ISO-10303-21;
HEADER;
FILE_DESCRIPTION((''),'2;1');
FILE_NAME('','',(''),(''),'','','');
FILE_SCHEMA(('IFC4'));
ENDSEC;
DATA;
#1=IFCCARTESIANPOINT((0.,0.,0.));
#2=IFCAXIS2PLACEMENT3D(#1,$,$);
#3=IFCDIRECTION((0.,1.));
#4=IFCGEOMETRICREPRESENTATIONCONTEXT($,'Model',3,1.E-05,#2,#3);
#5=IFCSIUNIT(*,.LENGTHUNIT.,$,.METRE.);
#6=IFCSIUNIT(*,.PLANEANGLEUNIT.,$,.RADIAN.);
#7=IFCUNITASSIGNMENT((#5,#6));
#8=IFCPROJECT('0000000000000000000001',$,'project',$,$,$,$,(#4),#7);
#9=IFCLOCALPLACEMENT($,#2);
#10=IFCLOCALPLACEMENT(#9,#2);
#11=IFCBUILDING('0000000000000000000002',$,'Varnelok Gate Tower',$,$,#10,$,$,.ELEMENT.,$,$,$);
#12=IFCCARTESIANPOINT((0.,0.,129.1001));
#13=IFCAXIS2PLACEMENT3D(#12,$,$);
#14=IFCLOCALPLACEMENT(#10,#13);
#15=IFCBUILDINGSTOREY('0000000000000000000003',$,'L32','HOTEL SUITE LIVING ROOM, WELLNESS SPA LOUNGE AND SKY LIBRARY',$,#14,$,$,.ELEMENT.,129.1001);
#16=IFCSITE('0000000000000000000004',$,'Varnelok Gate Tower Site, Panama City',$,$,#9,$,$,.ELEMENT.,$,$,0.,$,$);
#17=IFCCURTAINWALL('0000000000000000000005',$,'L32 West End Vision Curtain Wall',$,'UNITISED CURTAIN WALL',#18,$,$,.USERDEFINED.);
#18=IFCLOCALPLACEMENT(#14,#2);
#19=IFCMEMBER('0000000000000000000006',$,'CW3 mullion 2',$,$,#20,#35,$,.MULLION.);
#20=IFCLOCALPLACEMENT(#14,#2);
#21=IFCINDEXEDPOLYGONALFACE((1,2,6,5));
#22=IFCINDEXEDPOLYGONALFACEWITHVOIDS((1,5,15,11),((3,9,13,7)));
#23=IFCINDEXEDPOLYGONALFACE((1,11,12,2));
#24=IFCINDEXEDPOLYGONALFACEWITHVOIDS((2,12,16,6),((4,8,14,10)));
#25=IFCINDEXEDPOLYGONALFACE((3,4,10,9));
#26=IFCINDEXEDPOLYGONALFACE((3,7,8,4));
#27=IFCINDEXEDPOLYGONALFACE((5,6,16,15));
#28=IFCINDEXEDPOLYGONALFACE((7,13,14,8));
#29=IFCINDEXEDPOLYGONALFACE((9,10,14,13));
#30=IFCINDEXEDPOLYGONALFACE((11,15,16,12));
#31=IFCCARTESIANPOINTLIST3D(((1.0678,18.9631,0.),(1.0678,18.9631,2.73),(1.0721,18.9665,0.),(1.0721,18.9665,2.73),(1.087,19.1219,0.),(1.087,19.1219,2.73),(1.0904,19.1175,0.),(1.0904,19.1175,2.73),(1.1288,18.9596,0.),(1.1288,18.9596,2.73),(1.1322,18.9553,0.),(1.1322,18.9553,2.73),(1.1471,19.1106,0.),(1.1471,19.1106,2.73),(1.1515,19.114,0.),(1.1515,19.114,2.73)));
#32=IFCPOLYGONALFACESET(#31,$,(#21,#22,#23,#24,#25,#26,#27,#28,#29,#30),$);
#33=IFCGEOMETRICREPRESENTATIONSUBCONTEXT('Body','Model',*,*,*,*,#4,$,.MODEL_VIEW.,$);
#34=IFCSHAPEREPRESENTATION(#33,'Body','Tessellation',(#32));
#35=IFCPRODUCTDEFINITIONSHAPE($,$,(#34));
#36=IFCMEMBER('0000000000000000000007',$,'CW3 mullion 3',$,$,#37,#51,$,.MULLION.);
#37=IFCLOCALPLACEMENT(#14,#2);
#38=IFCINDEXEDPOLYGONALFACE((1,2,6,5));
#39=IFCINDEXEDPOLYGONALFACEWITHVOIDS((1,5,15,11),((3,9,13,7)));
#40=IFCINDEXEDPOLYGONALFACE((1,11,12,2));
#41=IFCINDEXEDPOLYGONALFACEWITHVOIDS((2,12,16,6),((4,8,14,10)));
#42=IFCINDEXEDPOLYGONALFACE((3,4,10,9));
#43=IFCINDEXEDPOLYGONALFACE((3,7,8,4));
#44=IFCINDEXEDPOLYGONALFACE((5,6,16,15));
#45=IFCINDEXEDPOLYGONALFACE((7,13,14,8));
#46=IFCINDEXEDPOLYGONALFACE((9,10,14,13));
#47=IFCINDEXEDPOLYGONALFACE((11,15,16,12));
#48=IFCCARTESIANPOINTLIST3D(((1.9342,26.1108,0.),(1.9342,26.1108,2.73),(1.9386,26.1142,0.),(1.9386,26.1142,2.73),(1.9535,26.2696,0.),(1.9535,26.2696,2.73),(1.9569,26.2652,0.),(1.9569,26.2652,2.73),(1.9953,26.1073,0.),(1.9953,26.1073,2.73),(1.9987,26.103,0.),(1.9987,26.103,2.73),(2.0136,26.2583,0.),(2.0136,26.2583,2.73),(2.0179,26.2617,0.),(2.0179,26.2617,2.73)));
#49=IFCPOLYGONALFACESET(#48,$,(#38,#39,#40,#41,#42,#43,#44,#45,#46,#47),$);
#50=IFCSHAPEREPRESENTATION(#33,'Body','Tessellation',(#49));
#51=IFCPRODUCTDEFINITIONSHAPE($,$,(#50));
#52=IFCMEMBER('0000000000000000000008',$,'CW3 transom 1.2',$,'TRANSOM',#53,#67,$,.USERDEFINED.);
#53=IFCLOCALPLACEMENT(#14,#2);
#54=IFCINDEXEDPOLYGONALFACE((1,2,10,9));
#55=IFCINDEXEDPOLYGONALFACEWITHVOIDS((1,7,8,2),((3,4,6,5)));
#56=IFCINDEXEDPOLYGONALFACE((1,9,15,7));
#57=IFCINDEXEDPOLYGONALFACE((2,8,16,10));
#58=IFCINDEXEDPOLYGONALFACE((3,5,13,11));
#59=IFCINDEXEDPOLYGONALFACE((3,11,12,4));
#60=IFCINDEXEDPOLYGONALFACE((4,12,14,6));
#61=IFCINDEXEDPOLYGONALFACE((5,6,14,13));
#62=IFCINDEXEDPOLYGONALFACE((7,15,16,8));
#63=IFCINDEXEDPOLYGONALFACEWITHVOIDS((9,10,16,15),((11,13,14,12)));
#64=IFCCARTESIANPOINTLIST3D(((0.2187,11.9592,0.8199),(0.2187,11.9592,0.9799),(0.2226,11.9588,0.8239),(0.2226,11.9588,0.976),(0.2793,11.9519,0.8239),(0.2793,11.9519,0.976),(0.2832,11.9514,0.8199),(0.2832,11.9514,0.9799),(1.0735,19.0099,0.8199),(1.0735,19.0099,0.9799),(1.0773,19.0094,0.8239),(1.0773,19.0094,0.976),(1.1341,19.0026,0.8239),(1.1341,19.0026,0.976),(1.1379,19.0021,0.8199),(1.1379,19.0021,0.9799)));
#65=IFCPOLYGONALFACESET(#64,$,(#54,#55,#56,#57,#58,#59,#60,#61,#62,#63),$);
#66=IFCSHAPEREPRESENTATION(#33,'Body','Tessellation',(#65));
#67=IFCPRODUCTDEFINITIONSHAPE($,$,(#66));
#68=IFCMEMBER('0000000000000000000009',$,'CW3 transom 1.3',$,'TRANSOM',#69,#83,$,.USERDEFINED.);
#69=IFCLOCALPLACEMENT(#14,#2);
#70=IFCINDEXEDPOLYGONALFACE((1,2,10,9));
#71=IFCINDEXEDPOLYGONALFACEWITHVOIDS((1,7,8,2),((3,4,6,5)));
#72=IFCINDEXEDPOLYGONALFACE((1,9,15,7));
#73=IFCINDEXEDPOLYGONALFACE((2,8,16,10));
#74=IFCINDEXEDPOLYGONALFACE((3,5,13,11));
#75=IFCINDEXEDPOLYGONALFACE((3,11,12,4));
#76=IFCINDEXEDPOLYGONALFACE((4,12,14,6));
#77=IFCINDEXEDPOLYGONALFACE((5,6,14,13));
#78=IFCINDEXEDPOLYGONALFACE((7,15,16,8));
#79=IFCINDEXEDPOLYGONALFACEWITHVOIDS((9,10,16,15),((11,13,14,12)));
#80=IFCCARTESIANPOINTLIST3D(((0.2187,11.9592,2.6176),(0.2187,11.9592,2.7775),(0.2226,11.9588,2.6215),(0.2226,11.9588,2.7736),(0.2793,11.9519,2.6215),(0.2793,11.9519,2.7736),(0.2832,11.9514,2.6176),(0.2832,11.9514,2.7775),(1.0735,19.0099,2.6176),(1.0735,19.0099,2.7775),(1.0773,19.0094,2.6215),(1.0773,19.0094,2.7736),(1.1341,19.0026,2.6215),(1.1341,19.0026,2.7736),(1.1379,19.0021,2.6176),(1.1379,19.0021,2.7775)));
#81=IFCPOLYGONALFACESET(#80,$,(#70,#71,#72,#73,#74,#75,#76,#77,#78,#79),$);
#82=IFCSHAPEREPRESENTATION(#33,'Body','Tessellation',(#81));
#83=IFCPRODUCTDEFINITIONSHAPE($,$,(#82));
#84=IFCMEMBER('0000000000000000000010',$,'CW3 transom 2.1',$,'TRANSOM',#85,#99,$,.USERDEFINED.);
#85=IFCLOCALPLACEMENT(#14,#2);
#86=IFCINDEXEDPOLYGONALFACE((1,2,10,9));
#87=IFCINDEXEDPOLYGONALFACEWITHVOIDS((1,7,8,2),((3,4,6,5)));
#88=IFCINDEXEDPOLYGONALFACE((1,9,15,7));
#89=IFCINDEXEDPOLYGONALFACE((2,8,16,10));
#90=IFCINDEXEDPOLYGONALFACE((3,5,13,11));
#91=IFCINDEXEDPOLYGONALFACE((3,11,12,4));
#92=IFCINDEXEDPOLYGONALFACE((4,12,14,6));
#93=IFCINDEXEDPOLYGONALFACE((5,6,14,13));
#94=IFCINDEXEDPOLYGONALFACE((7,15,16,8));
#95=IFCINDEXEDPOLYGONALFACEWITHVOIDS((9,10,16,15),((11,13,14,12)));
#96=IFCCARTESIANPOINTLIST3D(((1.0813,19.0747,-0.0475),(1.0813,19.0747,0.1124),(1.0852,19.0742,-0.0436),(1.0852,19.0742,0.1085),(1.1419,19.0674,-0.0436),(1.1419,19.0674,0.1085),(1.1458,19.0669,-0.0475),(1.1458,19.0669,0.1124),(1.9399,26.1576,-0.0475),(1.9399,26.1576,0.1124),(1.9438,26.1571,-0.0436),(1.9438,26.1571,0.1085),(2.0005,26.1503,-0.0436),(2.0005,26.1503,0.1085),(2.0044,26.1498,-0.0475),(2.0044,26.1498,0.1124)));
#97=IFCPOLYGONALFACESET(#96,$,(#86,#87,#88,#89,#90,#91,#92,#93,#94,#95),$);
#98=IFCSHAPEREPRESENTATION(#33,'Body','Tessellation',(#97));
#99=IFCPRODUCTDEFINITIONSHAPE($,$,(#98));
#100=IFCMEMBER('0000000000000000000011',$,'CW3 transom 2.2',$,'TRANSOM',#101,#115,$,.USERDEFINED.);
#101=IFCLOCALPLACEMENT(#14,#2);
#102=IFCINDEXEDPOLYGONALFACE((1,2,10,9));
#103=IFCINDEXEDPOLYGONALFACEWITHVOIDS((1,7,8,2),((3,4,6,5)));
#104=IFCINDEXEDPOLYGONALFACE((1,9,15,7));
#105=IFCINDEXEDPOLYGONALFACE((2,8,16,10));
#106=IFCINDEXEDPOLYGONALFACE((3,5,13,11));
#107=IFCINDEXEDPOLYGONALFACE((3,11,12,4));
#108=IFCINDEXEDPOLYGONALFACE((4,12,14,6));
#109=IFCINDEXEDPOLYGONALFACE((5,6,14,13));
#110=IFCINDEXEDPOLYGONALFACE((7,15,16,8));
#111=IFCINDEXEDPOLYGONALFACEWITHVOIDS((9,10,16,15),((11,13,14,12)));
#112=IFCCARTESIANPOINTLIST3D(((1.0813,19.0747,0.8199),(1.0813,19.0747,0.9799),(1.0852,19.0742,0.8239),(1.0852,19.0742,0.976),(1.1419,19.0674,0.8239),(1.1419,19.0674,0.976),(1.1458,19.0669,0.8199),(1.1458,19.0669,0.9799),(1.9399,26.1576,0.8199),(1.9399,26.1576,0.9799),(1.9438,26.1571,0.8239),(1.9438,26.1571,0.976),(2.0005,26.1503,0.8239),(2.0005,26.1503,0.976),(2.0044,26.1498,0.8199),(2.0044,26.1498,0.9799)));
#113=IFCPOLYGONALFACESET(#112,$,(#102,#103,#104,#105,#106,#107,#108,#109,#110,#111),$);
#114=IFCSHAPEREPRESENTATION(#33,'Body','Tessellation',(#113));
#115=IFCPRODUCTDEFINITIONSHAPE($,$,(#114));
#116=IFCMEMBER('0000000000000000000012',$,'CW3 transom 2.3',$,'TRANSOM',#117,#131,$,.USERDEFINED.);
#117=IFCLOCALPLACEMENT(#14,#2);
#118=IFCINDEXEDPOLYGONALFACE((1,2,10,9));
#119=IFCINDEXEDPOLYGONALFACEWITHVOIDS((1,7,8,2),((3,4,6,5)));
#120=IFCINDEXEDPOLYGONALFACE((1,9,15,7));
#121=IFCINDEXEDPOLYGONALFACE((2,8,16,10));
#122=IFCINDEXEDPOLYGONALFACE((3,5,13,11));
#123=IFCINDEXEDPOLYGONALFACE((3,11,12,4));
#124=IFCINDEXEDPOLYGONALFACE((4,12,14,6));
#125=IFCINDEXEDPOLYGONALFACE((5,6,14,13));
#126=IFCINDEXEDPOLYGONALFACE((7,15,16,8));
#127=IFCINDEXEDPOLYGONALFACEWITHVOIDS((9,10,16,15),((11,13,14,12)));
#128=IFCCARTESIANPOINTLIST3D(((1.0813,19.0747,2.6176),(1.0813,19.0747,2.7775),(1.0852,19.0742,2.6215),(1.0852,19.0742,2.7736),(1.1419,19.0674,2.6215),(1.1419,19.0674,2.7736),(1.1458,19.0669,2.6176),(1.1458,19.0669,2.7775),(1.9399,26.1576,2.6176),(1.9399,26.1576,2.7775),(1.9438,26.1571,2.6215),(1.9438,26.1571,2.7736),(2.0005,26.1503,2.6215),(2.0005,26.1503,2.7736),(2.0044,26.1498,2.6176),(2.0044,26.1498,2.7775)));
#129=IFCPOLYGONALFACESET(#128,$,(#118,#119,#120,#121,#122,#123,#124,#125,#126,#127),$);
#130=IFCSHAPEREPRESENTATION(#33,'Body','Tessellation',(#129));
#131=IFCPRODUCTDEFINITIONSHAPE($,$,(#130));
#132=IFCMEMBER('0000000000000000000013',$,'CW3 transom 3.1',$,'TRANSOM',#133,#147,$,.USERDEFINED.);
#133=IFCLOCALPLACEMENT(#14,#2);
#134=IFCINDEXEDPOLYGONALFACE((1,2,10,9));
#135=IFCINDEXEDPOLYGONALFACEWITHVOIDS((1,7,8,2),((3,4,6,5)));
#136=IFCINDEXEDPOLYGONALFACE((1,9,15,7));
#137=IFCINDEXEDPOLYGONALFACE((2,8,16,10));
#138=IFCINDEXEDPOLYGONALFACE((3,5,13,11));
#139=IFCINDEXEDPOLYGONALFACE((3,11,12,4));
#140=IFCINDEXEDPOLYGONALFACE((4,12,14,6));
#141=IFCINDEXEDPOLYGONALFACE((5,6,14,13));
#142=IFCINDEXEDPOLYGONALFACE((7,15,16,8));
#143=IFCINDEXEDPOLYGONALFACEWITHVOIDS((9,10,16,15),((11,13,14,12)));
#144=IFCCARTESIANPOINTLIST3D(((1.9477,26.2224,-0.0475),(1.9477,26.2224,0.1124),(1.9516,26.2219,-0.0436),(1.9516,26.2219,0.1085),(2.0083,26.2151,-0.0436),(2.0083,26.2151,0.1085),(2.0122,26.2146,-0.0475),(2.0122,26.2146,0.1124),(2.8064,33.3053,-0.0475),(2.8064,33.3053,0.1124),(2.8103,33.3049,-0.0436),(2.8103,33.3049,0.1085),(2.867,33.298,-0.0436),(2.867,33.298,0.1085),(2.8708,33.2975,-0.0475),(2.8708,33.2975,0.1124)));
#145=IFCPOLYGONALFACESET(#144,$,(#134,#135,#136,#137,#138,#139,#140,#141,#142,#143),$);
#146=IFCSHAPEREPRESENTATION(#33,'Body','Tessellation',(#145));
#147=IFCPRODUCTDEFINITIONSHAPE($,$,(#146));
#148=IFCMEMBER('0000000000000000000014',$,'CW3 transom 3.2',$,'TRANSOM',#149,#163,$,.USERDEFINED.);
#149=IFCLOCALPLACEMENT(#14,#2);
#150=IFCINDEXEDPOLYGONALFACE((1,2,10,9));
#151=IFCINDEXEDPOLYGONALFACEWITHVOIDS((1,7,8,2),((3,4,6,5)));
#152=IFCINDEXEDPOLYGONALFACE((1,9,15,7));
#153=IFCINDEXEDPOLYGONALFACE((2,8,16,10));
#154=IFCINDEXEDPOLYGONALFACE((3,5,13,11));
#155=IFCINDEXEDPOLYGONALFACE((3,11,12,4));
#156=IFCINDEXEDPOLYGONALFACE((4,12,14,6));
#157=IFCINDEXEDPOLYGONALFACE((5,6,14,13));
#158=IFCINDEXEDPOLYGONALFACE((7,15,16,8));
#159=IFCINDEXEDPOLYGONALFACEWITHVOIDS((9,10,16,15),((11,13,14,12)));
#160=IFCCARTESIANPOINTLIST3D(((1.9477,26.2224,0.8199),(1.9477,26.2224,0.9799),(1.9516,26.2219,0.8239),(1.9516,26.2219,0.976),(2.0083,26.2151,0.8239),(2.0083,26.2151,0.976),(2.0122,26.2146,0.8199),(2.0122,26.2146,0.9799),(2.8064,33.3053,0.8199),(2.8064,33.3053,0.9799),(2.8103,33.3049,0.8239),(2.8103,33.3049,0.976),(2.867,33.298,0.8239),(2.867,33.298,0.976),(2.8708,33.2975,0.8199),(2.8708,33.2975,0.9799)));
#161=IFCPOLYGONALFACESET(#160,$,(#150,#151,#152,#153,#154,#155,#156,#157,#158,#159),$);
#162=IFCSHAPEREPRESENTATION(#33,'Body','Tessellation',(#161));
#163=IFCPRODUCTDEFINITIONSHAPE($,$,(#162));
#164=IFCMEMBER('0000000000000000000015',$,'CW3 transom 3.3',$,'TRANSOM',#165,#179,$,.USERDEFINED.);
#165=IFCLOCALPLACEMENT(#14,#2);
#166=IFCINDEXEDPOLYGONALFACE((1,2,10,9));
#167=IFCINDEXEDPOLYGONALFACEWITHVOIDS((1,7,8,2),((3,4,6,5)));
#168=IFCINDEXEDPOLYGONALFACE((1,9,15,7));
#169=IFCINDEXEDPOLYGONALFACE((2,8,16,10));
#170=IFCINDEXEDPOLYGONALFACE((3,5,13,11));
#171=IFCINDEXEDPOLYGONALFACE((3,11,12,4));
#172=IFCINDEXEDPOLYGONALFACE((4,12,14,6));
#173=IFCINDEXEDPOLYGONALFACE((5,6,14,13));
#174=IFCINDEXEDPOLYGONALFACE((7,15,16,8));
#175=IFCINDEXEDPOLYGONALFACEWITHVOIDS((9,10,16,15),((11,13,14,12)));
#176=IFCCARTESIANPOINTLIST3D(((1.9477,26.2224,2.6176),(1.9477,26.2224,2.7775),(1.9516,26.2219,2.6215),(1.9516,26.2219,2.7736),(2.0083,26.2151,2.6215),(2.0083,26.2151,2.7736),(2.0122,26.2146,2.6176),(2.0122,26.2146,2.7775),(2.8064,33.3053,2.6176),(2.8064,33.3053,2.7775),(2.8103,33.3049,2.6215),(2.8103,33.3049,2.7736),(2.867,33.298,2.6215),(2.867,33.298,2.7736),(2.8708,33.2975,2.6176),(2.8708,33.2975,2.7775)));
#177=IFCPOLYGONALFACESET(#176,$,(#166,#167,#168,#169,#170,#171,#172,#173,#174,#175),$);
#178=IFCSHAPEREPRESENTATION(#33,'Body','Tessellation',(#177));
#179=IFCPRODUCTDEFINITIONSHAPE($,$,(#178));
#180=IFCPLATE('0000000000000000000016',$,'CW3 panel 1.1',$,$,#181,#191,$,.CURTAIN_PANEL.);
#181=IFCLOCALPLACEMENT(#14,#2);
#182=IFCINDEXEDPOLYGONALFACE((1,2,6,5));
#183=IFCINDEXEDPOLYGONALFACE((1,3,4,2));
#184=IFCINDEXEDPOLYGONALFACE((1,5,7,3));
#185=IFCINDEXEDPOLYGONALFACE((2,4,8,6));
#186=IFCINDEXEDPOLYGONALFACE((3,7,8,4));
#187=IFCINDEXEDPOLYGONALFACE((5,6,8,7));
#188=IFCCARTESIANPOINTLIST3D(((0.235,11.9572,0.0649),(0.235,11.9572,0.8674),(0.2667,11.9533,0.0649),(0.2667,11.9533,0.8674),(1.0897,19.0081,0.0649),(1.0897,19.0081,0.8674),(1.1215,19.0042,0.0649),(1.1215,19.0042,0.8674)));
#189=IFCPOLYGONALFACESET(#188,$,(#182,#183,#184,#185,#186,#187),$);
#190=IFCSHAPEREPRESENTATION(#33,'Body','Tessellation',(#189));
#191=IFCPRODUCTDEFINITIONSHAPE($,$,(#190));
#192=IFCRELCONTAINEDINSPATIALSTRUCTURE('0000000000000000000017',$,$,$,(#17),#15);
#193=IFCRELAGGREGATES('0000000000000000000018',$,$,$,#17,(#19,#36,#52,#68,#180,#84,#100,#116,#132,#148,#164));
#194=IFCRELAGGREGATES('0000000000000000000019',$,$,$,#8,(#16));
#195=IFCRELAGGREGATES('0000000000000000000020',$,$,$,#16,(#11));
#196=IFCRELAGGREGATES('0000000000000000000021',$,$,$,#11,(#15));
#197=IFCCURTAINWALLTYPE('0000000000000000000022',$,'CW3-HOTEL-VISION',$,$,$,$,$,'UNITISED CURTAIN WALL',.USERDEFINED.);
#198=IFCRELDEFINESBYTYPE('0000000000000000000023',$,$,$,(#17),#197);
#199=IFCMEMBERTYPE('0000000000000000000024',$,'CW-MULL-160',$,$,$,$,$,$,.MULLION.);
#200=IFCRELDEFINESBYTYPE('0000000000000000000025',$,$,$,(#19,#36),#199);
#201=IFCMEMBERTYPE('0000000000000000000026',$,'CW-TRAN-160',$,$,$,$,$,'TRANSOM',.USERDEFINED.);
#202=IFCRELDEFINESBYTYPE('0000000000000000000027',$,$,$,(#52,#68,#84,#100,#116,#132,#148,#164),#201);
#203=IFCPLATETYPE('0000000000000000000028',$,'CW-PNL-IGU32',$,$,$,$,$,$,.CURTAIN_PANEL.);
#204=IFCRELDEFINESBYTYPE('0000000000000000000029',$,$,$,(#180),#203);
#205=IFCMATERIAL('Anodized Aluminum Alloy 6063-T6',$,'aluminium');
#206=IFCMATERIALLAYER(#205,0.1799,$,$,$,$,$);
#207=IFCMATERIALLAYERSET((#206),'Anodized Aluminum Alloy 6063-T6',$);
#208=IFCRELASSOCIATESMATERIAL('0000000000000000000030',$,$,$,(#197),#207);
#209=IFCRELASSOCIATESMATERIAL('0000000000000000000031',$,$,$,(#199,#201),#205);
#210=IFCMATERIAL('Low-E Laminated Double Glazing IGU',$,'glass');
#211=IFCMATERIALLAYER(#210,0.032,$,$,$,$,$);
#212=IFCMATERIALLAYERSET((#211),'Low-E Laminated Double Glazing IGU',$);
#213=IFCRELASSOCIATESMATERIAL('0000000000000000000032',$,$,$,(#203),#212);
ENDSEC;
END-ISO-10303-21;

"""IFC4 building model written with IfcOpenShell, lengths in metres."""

from ifc_helpers import new_model, si_unit, direction, frame, origin, origin_2d, place, context, subcontext, project, spatial, rectangle, hollow_rectangle, extrude, source, transform, mapped, material, layer, layer_set, material_profile, profile_set, type_object, element, aggregate, save


model = new_model("IFC4")

# Units and contexts
model_context = context("Model", 3, precision=1e-05, world=origin(), true_north=direction((0.0, 1.0)))
body_context = subcontext(model_context, "Body", "Model", "MODEL_VIEW")
ifc_project = project(units=[si_unit("LENGTHUNIT", "METRE"), si_unit("PLANEANGLEUNIT", "RADIAN")], contexts=[model_context])

# Site, building, storey
site_placement = place(None, origin())
site = spatial("IfcSite", under=ifc_project, at=site_placement, Name="Varnelok Gate Tower Site, Panama City", CompositionType="ELEMENT", RefElevation=0.0)
building_placement = place(site_placement, origin())
building = spatial("IfcBuilding", under=site, at=building_placement, Name="Varnelok Gate Tower", CompositionType="ELEMENT")
storey_placement = place(building_placement, frame((0.0, 0.0, 129.1001)))
storey = spatial("IfcBuildingStorey", under=building, at=storey_placement, Name="L32", Description="HOTEL SUITE LIVING ROOM, WELLNESS SPA LOUNGE AND SKY LIBRARY", CompositionType="ELEMENT", Elevation=129.1001)

# Curtain wall, members, plate
ifc_material_1 = material(Name="Anodized Aluminum Alloy 6063-T6", Category="aluminium")
ifc_layer_1 = layer(ifc_material_1, 0.1799)
ifc_layer_set_1 = layer_set([ifc_layer_1], Name="Anodized Aluminum Alloy 6063-T6")
curtain_wall_type = type_object("IfcCurtainWallType", Name="CW3-HOTEL-VISION", ElementType="UNITISED CURTAIN WALL", PredefinedType="USERDEFINED", material=ifc_layer_set_1)
curtain_wall_placement = place(storey_placement, origin())
curtain_wall = element("IfcCurtainWall", 1, at=curtain_wall_placement, inside=storey, type_object=curtain_wall_type, Name="L32 West End Vision Curtain Wall", ObjectType="UNITISED CURTAIN WALL", PredefinedType="USERDEFINED")
ifc_material_profile_1 = material_profile(ifc_material_1, hollow_rectangle(XDim=0.0649, YDim=0.1599, WallThickness=0.0039, at=origin_2d()), Name="ALU160X65X4")
ifc_profile_set_1 = profile_set([ifc_material_profile_1], Name="Anodized Aluminum Alloy 6063-T6")
member_type_1 = type_object("IfcMemberType", Name="CW-MULL-160", PredefinedType="MULLION", material=ifc_profile_set_1)
member_1_placement = place(storey_placement, frame((1.1096, 19.0386, 0.0), z_axis=(0.0, 0.0, 1.0), x_axis=(-0.992732, 0.120347, 0.0)))
member_1 = element("IfcMember", 2, at=member_1_placement, type_object=member_type_1, Name="CW3 mullion 2", PredefinedType="MULLION", context=body_context, shape_type="SweptSolid", body=[
    extrude(hollow_rectangle(XDim=0.0649, YDim=0.1599, WallThickness=0.0039, at=origin_2d()), origin(), (0.0, 0.0, 1.0), 2.73),
])
member_2_placement = place(storey_placement, frame((1.9761, 26.1863, 0.0), z_axis=(0.0, 0.0, 1.0), x_axis=(-0.992732, 0.120347, 0.0)))
member_2 = element("IfcMember", 3, at=member_2_placement, type_object=member_type_1, Name="CW3 mullion 3", PredefinedType="MULLION", context=body_context, shape_type="SweptSolid", body=[
    extrude(hollow_rectangle(XDim=0.0649, YDim=0.1599, WallThickness=0.0039, at=origin_2d()), origin(), (0.0, 0.0, 1.0), 2.73),
])
ifc_material_profile_2 = material_profile(ifc_material_1, hollow_rectangle(XDim=0.0649, YDim=0.1599, WallThickness=0.0039, at=origin_2d()), Name="ALU160X65X4")
ifc_profile_set_2 = profile_set([ifc_material_profile_2], Name="Anodized Aluminum Alloy 6063-T6")
member_type_2 = type_object("IfcMemberType", Name="CW-TRAN-160", ElementType="TRANSOM", PredefinedType="USERDEFINED", material=ifc_profile_set_2)
member_3_placement = place(storey_placement, frame((0.251, 11.9553, 0.8999), z_axis=(0.120345, 0.992732, 0.0), x_axis=(-0.992732, 0.120345, 0.0)))
member_3 = element("IfcMember", 4, at=member_3_placement, type_object=member_type_2, Name="CW3 transom 1.2", ObjectType="TRANSOM", PredefinedType="USERDEFINED", context=body_context, shape_type="SweptSolid", body=[
    extrude(hollow_rectangle(XDim=0.0649, YDim=0.1599, WallThickness=0.0039, at=origin_2d()), origin(), (0.0, 0.0, 1.0), 7.1023),
])
member_4_placement = place(storey_placement, frame((0.251, 11.9553, 2.6975), z_axis=(0.120345, 0.992732, 0.0), x_axis=(-0.992732, 0.120345, 0.0)))
member_4 = element("IfcMember", 5, at=member_4_placement, type_object=member_type_2, Name="CW3 transom 1.3", ObjectType="TRANSOM", PredefinedType="USERDEFINED", context=body_context, shape_type="SweptSolid", body=[
    extrude(hollow_rectangle(XDim=0.0649, YDim=0.1599, WallThickness=0.0039, at=origin_2d()), origin(), (0.0, 0.0, 1.0), 7.1023),
])
member_5_placement = place(storey_placement, frame((1.1135, 19.0708, 0.0325), z_axis=(0.120345, 0.992732, 0.0), x_axis=(-0.992732, 0.120345, 0.0)))
member_5 = element("IfcMember", 6, at=member_5_placement, type_object=member_type_2, Name="CW3 transom 2.1", ObjectType="TRANSOM", PredefinedType="USERDEFINED", context=body_context, shape_type="SweptSolid", body=[
    extrude(hollow_rectangle(XDim=0.0649, YDim=0.1599, WallThickness=0.0039, at=origin_2d()), origin(), (0.0, 0.0, 1.0), 7.1348),
])
member_6_placement = place(storey_placement, frame((1.1135, 19.0708, 0.8999), z_axis=(0.120345, 0.992732, 0.0), x_axis=(-0.992732, 0.120345, 0.0)))
member_6 = element("IfcMember", 7, at=member_6_placement, type_object=member_type_2, Name="CW3 transom 2.2", ObjectType="TRANSOM", PredefinedType="USERDEFINED", context=body_context, shape_type="SweptSolid", body=[
    extrude(hollow_rectangle(XDim=0.0649, YDim=0.1599, WallThickness=0.0039, at=origin_2d()), origin(), (0.0, 0.0, 1.0), 7.1348),
])
member_7_placement = place(storey_placement, frame((1.1135, 19.0708, 2.6975), z_axis=(0.120345, 0.992732, 0.0), x_axis=(-0.992732, 0.120345, 0.0)))
member_7 = element("IfcMember", 8, at=member_7_placement, type_object=member_type_2, Name="CW3 transom 2.3", ObjectType="TRANSOM", PredefinedType="USERDEFINED", context=body_context, shape_type="SweptSolid", body=[
    extrude(hollow_rectangle(XDim=0.0649, YDim=0.1599, WallThickness=0.0039, at=origin_2d()), origin(), (0.0, 0.0, 1.0), 7.1348),
])
member_8_placement = place(storey_placement, frame((1.98, 26.2185, 0.0325), z_axis=(0.120345, 0.992732, 0.0), x_axis=(-0.992732, 0.120345, 0.0)))
member_8 = element("IfcMember", 9, at=member_8_placement, type_object=member_type_2, Name="CW3 transom 3.1", ObjectType="TRANSOM", PredefinedType="USERDEFINED", context=body_context, shape_type="SweptSolid", body=[
    extrude(hollow_rectangle(XDim=0.0649, YDim=0.1599, WallThickness=0.0039, at=origin_2d()), origin(), (0.0, 0.0, 1.0), 7.1348),
])
member_9_placement = place(storey_placement, frame((1.98, 26.2185, 0.8999), z_axis=(0.120345, 0.992732, 0.0), x_axis=(-0.992732, 0.120345, 0.0)))
member_9 = element("IfcMember", 10, at=member_9_placement, type_object=member_type_2, Name="CW3 transom 3.2", ObjectType="TRANSOM", PredefinedType="USERDEFINED", context=body_context, shape_type="SweptSolid", body=[
    extrude(hollow_rectangle(XDim=0.0649, YDim=0.1599, WallThickness=0.0039, at=origin_2d()), origin(), (0.0, 0.0, 1.0), 7.1348),
])
member_10_placement = place(storey_placement, frame((1.98, 26.2185, 2.6975), z_axis=(0.120345, 0.992732, 0.0), x_axis=(-0.992732, 0.120345, 0.0)))
member_10 = element("IfcMember", 11, at=member_10_placement, type_object=member_type_2, Name="CW3 transom 3.3", ObjectType="TRANSOM", PredefinedType="USERDEFINED", context=body_context, shape_type="SweptSolid", body=[
    extrude(hollow_rectangle(XDim=0.0649, YDim=0.1599, WallThickness=0.0039, at=origin_2d()), origin(), (0.0, 0.0, 1.0), 7.1348),
])
ifc_material_2 = material(Name="Low-E Laminated Double Glazing IGU", Category="glass")
ifc_layer_2 = layer(ifc_material_2, 0.032)
ifc_layer_set_2 = layer_set([ifc_layer_2], Name="Low-E Laminated Double Glazing IGU")
plate_type = type_object("IfcPlateType", Name="CW-PNL-IGU32", PredefinedType="CURTAIN_PANEL", material=ifc_layer_set_2)
shared_shape_1 = source(origin(), body_context, "Body", "SweptSolid", [
    extrude(rectangle(XDim=7.1025, YDim=0.032, at=origin_2d()), origin(), (0.0, 0.0, 1.0), 0.8025),
])
plate_1_placement = place(storey_placement, frame((0.6782, 15.4807, 0.0649), z_axis=(0.0, 0.0, 1.0), x_axis=(0.120347, 0.992732, 0.0)))
plate_1 = element("IfcPlate", 12, at=plate_1_placement, type_object=plate_type, Name="CW3 panel 1.1", PredefinedType="CURTAIN_PANEL", context=body_context, shape_type="MappedRepresentation", body=[
    mapped(shared_shape_1, transform((0.0, 0.0, 0.0), scale=1.0)),
])
aggregate(curtain_wall, [member_1, member_2, member_3, member_4, plate_1, member_5, member_6, member_7, member_8, member_9, member_10])

save(model, "model.ifc")
